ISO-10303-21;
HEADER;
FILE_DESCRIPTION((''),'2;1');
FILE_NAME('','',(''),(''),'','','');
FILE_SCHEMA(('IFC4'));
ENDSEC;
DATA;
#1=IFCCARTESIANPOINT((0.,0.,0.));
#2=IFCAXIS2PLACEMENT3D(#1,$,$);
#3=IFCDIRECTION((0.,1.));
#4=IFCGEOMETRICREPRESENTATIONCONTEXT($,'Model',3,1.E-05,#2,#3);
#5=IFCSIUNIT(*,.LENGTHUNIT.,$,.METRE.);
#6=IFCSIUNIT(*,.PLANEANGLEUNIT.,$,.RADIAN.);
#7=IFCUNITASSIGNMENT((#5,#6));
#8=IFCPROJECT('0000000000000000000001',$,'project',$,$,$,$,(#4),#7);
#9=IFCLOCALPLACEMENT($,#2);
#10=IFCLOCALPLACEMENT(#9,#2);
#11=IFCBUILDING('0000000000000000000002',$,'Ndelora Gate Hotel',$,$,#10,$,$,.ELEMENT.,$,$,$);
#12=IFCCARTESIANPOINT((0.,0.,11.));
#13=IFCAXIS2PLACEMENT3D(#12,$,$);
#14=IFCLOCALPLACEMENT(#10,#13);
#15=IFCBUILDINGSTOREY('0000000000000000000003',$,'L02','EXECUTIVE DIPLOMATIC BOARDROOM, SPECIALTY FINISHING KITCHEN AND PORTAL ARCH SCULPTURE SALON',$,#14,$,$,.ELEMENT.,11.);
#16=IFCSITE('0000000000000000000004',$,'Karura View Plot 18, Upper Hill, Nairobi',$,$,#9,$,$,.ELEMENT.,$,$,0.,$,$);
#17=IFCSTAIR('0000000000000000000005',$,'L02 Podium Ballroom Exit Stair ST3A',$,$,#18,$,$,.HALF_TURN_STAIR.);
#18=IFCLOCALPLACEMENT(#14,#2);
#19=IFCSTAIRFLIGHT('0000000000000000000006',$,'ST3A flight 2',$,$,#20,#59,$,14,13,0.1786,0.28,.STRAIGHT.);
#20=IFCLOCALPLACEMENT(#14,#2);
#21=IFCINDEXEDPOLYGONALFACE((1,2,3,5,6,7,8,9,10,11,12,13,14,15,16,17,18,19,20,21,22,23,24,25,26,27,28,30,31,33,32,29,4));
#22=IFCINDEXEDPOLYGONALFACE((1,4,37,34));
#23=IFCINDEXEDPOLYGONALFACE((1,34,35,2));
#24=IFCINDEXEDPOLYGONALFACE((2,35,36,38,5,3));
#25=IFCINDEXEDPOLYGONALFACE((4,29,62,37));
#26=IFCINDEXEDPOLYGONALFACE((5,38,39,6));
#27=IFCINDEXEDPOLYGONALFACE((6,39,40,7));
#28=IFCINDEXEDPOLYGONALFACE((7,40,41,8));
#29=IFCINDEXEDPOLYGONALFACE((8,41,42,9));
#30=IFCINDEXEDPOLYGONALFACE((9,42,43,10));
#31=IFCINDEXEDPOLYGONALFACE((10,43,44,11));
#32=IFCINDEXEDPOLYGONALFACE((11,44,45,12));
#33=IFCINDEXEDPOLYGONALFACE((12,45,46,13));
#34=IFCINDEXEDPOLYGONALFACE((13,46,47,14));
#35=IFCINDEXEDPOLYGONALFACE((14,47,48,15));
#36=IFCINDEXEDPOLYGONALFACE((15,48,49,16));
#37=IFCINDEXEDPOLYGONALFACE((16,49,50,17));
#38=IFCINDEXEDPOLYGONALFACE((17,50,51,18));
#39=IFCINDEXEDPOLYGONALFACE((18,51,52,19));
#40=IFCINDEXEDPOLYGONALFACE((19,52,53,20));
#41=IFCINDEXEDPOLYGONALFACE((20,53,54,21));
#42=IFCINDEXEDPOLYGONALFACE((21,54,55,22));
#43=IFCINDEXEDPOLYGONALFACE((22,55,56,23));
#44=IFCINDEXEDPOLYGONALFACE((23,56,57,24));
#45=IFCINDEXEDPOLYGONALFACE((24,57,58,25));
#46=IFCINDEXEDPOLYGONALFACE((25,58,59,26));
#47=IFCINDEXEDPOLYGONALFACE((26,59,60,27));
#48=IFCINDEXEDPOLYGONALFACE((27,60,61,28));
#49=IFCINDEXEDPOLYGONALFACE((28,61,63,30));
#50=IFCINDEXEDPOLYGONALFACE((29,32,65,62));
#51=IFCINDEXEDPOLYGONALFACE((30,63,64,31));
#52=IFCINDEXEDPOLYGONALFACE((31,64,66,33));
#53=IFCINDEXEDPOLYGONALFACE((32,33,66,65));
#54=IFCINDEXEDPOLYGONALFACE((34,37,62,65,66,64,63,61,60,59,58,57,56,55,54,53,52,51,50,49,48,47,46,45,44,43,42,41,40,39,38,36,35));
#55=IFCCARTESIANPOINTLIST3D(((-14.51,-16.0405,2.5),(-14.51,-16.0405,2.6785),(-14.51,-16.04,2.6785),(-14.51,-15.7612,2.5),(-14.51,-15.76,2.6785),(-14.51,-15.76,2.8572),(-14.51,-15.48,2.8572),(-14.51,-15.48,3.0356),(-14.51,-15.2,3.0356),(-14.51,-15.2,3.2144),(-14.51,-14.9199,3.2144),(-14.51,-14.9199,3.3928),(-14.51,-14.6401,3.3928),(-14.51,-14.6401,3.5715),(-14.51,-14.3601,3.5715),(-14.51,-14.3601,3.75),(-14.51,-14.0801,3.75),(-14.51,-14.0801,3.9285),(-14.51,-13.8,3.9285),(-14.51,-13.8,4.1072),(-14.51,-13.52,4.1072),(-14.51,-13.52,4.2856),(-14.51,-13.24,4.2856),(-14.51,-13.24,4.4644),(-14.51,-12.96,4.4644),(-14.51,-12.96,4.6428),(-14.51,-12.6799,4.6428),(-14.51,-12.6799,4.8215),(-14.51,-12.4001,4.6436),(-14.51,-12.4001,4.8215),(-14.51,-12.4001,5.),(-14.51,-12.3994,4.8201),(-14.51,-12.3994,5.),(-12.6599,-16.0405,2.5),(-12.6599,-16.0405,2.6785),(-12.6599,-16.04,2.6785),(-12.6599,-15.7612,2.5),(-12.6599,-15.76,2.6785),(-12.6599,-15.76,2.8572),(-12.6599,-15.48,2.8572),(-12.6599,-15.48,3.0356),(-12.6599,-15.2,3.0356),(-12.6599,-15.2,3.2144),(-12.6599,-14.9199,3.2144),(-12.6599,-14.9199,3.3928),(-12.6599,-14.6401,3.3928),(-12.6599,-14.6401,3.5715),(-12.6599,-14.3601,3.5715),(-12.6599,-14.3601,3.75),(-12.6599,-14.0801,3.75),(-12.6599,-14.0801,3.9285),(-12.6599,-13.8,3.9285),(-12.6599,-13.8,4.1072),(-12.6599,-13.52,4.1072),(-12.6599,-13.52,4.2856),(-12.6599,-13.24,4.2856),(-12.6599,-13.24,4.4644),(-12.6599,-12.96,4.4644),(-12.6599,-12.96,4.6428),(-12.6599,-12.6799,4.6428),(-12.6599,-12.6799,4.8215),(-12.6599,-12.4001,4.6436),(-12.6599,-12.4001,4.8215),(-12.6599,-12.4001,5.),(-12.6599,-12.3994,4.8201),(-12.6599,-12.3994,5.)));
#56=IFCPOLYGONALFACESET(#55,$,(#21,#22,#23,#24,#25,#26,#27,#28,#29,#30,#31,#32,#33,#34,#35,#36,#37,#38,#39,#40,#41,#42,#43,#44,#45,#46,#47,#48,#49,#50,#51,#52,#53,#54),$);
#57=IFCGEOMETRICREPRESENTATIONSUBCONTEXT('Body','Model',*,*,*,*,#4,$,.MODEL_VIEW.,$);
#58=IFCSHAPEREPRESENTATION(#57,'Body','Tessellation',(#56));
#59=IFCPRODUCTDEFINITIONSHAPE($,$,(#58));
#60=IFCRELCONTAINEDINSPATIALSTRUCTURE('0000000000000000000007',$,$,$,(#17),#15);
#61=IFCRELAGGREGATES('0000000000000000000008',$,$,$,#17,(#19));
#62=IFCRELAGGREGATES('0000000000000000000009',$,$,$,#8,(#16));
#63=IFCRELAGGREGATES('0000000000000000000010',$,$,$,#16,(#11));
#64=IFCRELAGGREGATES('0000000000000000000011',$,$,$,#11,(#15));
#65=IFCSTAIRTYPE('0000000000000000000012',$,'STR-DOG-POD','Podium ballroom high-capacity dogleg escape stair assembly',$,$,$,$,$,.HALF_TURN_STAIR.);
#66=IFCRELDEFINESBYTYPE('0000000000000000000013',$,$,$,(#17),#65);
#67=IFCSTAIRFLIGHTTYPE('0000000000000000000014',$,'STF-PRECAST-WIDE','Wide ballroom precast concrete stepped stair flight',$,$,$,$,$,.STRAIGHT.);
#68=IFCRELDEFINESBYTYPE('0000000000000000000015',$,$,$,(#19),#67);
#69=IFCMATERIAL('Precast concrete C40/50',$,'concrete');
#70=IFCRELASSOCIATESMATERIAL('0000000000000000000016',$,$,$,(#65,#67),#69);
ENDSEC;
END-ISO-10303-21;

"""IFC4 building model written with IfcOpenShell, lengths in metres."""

from ifc_helpers import new_model, si_unit, direction, frame, origin, place, context, subcontext, project, spatial, polyline, outline, extrude, material, type_object, element, aggregate, save


model = new_model("IFC4")

# Units and contexts
model_context = context("Model", 3, precision=1e-05, world=origin(), true_north=direction((0.0, 1.0)))
body_context = subcontext(model_context, "Body", "Model", "MODEL_VIEW")
ifc_project = project(units=[si_unit("LENGTHUNIT", "METRE"), si_unit("PLANEANGLEUNIT", "RADIAN")], contexts=[model_context])

# Site, building, storey
site_placement = place(None, origin())
site = spatial("IfcSite", under=ifc_project, at=site_placement, Name="Karura View Plot 18, Upper Hill, Nairobi", CompositionType="ELEMENT", RefElevation=0.0)
building_placement = place(site_placement, origin())
building = spatial("IfcBuilding", under=site, at=building_placement, Name="Ndelora Gate Hotel", CompositionType="ELEMENT")
storey_placement = place(building_placement, frame((0.0, 0.0, 11.0)))
storey = spatial("IfcBuildingStorey", under=building, at=storey_placement, Name="L02", Description="EXECUTIVE DIPLOMATIC BOARDROOM, SPECIALTY FINISHING KITCHEN AND PORTAL ARCH SCULPTURE SALON", CompositionType="ELEMENT", Elevation=11.0)

# Stair, stair flight
ifc_material_1 = material(Name="Precast concrete C40/50", Category="concrete")
stair_type = type_object("IfcStairType", Name="STR-DOG-POD", Description="Podium ballroom high-capacity dogleg escape stair assembly", PredefinedType="HALF_TURN_STAIR", material=ifc_material_1)
stair_placement = place(storey_placement, origin())
stair = element("IfcStair", 1, at=stair_placement, inside=storey, type_object=stair_type, Name="L02 Podium Ballroom Exit Stair ST3A", PredefinedType="HALF_TURN_STAIR")
stair_flight_type = type_object("IfcStairFlightType", Name="STF-PRECAST-WIDE", Description="Wide ballroom precast concrete stepped stair flight", PredefinedType="STRAIGHT", material=ifc_material_1)
stair_flight_1_placement = place(storey_placement, frame((-13.585, -16.04, 2.5), z_axis=(0.0, 0.0, 1.0), x_axis=(0.0, 1.0, 0.0)))
stair_flight_1 = element("IfcStairFlight", 2, at=stair_flight_1_placement, type_object=stair_flight_type, Name="ST3A flight 2", NumberOfRisers=14, NumberOfTreads=13, PredefinedType="STRAIGHT", RiserHeight=0.1786, TreadLength=0.28, context=body_context, shape_type="SweptSolid", body=[
    extrude(outline(polyline([(-0.0005, 0.0), (-0.0005, 0.1785), (0.0, 0.1785), (0.28, 0.1785), (0.28, 0.3572), (0.5601, 0.3572), (0.5601, 0.5356), (0.8401, 0.5356), (0.8401, 0.7144), (1.1201, 0.7144), (1.1201, 0.8928), (1.3999, 0.8928), (1.3999, 1.0715), (1.6799, 1.0715), (1.6799, 1.25), (1.96, 1.25), (1.96, 1.4285), (2.24, 1.4285), (2.24, 1.6072), (2.52, 1.6072), (2.52, 1.7856), (2.8, 1.7856), (2.8, 1.9644), (3.0801, 1.9644), (3.0801, 2.1428), (3.3601, 2.1428), (3.3601, 2.3215), (3.6399, 2.3215), (3.6399, 2.5), (3.6406, 2.5), (3.6406, 2.3201), (3.6399, 2.1436), (0.2788, 0.0), (-0.0005, 0.0)])), frame((0.0, 0.925, 0.0), z_axis=(0.0, -1.0, 0.0), x_axis=(1.0, 0.0, 0.0)), (0.0, 0.0, 1.0), 1.8501),
])
aggregate(stair, [stair_flight_1])

save(model, "model.ifc")
